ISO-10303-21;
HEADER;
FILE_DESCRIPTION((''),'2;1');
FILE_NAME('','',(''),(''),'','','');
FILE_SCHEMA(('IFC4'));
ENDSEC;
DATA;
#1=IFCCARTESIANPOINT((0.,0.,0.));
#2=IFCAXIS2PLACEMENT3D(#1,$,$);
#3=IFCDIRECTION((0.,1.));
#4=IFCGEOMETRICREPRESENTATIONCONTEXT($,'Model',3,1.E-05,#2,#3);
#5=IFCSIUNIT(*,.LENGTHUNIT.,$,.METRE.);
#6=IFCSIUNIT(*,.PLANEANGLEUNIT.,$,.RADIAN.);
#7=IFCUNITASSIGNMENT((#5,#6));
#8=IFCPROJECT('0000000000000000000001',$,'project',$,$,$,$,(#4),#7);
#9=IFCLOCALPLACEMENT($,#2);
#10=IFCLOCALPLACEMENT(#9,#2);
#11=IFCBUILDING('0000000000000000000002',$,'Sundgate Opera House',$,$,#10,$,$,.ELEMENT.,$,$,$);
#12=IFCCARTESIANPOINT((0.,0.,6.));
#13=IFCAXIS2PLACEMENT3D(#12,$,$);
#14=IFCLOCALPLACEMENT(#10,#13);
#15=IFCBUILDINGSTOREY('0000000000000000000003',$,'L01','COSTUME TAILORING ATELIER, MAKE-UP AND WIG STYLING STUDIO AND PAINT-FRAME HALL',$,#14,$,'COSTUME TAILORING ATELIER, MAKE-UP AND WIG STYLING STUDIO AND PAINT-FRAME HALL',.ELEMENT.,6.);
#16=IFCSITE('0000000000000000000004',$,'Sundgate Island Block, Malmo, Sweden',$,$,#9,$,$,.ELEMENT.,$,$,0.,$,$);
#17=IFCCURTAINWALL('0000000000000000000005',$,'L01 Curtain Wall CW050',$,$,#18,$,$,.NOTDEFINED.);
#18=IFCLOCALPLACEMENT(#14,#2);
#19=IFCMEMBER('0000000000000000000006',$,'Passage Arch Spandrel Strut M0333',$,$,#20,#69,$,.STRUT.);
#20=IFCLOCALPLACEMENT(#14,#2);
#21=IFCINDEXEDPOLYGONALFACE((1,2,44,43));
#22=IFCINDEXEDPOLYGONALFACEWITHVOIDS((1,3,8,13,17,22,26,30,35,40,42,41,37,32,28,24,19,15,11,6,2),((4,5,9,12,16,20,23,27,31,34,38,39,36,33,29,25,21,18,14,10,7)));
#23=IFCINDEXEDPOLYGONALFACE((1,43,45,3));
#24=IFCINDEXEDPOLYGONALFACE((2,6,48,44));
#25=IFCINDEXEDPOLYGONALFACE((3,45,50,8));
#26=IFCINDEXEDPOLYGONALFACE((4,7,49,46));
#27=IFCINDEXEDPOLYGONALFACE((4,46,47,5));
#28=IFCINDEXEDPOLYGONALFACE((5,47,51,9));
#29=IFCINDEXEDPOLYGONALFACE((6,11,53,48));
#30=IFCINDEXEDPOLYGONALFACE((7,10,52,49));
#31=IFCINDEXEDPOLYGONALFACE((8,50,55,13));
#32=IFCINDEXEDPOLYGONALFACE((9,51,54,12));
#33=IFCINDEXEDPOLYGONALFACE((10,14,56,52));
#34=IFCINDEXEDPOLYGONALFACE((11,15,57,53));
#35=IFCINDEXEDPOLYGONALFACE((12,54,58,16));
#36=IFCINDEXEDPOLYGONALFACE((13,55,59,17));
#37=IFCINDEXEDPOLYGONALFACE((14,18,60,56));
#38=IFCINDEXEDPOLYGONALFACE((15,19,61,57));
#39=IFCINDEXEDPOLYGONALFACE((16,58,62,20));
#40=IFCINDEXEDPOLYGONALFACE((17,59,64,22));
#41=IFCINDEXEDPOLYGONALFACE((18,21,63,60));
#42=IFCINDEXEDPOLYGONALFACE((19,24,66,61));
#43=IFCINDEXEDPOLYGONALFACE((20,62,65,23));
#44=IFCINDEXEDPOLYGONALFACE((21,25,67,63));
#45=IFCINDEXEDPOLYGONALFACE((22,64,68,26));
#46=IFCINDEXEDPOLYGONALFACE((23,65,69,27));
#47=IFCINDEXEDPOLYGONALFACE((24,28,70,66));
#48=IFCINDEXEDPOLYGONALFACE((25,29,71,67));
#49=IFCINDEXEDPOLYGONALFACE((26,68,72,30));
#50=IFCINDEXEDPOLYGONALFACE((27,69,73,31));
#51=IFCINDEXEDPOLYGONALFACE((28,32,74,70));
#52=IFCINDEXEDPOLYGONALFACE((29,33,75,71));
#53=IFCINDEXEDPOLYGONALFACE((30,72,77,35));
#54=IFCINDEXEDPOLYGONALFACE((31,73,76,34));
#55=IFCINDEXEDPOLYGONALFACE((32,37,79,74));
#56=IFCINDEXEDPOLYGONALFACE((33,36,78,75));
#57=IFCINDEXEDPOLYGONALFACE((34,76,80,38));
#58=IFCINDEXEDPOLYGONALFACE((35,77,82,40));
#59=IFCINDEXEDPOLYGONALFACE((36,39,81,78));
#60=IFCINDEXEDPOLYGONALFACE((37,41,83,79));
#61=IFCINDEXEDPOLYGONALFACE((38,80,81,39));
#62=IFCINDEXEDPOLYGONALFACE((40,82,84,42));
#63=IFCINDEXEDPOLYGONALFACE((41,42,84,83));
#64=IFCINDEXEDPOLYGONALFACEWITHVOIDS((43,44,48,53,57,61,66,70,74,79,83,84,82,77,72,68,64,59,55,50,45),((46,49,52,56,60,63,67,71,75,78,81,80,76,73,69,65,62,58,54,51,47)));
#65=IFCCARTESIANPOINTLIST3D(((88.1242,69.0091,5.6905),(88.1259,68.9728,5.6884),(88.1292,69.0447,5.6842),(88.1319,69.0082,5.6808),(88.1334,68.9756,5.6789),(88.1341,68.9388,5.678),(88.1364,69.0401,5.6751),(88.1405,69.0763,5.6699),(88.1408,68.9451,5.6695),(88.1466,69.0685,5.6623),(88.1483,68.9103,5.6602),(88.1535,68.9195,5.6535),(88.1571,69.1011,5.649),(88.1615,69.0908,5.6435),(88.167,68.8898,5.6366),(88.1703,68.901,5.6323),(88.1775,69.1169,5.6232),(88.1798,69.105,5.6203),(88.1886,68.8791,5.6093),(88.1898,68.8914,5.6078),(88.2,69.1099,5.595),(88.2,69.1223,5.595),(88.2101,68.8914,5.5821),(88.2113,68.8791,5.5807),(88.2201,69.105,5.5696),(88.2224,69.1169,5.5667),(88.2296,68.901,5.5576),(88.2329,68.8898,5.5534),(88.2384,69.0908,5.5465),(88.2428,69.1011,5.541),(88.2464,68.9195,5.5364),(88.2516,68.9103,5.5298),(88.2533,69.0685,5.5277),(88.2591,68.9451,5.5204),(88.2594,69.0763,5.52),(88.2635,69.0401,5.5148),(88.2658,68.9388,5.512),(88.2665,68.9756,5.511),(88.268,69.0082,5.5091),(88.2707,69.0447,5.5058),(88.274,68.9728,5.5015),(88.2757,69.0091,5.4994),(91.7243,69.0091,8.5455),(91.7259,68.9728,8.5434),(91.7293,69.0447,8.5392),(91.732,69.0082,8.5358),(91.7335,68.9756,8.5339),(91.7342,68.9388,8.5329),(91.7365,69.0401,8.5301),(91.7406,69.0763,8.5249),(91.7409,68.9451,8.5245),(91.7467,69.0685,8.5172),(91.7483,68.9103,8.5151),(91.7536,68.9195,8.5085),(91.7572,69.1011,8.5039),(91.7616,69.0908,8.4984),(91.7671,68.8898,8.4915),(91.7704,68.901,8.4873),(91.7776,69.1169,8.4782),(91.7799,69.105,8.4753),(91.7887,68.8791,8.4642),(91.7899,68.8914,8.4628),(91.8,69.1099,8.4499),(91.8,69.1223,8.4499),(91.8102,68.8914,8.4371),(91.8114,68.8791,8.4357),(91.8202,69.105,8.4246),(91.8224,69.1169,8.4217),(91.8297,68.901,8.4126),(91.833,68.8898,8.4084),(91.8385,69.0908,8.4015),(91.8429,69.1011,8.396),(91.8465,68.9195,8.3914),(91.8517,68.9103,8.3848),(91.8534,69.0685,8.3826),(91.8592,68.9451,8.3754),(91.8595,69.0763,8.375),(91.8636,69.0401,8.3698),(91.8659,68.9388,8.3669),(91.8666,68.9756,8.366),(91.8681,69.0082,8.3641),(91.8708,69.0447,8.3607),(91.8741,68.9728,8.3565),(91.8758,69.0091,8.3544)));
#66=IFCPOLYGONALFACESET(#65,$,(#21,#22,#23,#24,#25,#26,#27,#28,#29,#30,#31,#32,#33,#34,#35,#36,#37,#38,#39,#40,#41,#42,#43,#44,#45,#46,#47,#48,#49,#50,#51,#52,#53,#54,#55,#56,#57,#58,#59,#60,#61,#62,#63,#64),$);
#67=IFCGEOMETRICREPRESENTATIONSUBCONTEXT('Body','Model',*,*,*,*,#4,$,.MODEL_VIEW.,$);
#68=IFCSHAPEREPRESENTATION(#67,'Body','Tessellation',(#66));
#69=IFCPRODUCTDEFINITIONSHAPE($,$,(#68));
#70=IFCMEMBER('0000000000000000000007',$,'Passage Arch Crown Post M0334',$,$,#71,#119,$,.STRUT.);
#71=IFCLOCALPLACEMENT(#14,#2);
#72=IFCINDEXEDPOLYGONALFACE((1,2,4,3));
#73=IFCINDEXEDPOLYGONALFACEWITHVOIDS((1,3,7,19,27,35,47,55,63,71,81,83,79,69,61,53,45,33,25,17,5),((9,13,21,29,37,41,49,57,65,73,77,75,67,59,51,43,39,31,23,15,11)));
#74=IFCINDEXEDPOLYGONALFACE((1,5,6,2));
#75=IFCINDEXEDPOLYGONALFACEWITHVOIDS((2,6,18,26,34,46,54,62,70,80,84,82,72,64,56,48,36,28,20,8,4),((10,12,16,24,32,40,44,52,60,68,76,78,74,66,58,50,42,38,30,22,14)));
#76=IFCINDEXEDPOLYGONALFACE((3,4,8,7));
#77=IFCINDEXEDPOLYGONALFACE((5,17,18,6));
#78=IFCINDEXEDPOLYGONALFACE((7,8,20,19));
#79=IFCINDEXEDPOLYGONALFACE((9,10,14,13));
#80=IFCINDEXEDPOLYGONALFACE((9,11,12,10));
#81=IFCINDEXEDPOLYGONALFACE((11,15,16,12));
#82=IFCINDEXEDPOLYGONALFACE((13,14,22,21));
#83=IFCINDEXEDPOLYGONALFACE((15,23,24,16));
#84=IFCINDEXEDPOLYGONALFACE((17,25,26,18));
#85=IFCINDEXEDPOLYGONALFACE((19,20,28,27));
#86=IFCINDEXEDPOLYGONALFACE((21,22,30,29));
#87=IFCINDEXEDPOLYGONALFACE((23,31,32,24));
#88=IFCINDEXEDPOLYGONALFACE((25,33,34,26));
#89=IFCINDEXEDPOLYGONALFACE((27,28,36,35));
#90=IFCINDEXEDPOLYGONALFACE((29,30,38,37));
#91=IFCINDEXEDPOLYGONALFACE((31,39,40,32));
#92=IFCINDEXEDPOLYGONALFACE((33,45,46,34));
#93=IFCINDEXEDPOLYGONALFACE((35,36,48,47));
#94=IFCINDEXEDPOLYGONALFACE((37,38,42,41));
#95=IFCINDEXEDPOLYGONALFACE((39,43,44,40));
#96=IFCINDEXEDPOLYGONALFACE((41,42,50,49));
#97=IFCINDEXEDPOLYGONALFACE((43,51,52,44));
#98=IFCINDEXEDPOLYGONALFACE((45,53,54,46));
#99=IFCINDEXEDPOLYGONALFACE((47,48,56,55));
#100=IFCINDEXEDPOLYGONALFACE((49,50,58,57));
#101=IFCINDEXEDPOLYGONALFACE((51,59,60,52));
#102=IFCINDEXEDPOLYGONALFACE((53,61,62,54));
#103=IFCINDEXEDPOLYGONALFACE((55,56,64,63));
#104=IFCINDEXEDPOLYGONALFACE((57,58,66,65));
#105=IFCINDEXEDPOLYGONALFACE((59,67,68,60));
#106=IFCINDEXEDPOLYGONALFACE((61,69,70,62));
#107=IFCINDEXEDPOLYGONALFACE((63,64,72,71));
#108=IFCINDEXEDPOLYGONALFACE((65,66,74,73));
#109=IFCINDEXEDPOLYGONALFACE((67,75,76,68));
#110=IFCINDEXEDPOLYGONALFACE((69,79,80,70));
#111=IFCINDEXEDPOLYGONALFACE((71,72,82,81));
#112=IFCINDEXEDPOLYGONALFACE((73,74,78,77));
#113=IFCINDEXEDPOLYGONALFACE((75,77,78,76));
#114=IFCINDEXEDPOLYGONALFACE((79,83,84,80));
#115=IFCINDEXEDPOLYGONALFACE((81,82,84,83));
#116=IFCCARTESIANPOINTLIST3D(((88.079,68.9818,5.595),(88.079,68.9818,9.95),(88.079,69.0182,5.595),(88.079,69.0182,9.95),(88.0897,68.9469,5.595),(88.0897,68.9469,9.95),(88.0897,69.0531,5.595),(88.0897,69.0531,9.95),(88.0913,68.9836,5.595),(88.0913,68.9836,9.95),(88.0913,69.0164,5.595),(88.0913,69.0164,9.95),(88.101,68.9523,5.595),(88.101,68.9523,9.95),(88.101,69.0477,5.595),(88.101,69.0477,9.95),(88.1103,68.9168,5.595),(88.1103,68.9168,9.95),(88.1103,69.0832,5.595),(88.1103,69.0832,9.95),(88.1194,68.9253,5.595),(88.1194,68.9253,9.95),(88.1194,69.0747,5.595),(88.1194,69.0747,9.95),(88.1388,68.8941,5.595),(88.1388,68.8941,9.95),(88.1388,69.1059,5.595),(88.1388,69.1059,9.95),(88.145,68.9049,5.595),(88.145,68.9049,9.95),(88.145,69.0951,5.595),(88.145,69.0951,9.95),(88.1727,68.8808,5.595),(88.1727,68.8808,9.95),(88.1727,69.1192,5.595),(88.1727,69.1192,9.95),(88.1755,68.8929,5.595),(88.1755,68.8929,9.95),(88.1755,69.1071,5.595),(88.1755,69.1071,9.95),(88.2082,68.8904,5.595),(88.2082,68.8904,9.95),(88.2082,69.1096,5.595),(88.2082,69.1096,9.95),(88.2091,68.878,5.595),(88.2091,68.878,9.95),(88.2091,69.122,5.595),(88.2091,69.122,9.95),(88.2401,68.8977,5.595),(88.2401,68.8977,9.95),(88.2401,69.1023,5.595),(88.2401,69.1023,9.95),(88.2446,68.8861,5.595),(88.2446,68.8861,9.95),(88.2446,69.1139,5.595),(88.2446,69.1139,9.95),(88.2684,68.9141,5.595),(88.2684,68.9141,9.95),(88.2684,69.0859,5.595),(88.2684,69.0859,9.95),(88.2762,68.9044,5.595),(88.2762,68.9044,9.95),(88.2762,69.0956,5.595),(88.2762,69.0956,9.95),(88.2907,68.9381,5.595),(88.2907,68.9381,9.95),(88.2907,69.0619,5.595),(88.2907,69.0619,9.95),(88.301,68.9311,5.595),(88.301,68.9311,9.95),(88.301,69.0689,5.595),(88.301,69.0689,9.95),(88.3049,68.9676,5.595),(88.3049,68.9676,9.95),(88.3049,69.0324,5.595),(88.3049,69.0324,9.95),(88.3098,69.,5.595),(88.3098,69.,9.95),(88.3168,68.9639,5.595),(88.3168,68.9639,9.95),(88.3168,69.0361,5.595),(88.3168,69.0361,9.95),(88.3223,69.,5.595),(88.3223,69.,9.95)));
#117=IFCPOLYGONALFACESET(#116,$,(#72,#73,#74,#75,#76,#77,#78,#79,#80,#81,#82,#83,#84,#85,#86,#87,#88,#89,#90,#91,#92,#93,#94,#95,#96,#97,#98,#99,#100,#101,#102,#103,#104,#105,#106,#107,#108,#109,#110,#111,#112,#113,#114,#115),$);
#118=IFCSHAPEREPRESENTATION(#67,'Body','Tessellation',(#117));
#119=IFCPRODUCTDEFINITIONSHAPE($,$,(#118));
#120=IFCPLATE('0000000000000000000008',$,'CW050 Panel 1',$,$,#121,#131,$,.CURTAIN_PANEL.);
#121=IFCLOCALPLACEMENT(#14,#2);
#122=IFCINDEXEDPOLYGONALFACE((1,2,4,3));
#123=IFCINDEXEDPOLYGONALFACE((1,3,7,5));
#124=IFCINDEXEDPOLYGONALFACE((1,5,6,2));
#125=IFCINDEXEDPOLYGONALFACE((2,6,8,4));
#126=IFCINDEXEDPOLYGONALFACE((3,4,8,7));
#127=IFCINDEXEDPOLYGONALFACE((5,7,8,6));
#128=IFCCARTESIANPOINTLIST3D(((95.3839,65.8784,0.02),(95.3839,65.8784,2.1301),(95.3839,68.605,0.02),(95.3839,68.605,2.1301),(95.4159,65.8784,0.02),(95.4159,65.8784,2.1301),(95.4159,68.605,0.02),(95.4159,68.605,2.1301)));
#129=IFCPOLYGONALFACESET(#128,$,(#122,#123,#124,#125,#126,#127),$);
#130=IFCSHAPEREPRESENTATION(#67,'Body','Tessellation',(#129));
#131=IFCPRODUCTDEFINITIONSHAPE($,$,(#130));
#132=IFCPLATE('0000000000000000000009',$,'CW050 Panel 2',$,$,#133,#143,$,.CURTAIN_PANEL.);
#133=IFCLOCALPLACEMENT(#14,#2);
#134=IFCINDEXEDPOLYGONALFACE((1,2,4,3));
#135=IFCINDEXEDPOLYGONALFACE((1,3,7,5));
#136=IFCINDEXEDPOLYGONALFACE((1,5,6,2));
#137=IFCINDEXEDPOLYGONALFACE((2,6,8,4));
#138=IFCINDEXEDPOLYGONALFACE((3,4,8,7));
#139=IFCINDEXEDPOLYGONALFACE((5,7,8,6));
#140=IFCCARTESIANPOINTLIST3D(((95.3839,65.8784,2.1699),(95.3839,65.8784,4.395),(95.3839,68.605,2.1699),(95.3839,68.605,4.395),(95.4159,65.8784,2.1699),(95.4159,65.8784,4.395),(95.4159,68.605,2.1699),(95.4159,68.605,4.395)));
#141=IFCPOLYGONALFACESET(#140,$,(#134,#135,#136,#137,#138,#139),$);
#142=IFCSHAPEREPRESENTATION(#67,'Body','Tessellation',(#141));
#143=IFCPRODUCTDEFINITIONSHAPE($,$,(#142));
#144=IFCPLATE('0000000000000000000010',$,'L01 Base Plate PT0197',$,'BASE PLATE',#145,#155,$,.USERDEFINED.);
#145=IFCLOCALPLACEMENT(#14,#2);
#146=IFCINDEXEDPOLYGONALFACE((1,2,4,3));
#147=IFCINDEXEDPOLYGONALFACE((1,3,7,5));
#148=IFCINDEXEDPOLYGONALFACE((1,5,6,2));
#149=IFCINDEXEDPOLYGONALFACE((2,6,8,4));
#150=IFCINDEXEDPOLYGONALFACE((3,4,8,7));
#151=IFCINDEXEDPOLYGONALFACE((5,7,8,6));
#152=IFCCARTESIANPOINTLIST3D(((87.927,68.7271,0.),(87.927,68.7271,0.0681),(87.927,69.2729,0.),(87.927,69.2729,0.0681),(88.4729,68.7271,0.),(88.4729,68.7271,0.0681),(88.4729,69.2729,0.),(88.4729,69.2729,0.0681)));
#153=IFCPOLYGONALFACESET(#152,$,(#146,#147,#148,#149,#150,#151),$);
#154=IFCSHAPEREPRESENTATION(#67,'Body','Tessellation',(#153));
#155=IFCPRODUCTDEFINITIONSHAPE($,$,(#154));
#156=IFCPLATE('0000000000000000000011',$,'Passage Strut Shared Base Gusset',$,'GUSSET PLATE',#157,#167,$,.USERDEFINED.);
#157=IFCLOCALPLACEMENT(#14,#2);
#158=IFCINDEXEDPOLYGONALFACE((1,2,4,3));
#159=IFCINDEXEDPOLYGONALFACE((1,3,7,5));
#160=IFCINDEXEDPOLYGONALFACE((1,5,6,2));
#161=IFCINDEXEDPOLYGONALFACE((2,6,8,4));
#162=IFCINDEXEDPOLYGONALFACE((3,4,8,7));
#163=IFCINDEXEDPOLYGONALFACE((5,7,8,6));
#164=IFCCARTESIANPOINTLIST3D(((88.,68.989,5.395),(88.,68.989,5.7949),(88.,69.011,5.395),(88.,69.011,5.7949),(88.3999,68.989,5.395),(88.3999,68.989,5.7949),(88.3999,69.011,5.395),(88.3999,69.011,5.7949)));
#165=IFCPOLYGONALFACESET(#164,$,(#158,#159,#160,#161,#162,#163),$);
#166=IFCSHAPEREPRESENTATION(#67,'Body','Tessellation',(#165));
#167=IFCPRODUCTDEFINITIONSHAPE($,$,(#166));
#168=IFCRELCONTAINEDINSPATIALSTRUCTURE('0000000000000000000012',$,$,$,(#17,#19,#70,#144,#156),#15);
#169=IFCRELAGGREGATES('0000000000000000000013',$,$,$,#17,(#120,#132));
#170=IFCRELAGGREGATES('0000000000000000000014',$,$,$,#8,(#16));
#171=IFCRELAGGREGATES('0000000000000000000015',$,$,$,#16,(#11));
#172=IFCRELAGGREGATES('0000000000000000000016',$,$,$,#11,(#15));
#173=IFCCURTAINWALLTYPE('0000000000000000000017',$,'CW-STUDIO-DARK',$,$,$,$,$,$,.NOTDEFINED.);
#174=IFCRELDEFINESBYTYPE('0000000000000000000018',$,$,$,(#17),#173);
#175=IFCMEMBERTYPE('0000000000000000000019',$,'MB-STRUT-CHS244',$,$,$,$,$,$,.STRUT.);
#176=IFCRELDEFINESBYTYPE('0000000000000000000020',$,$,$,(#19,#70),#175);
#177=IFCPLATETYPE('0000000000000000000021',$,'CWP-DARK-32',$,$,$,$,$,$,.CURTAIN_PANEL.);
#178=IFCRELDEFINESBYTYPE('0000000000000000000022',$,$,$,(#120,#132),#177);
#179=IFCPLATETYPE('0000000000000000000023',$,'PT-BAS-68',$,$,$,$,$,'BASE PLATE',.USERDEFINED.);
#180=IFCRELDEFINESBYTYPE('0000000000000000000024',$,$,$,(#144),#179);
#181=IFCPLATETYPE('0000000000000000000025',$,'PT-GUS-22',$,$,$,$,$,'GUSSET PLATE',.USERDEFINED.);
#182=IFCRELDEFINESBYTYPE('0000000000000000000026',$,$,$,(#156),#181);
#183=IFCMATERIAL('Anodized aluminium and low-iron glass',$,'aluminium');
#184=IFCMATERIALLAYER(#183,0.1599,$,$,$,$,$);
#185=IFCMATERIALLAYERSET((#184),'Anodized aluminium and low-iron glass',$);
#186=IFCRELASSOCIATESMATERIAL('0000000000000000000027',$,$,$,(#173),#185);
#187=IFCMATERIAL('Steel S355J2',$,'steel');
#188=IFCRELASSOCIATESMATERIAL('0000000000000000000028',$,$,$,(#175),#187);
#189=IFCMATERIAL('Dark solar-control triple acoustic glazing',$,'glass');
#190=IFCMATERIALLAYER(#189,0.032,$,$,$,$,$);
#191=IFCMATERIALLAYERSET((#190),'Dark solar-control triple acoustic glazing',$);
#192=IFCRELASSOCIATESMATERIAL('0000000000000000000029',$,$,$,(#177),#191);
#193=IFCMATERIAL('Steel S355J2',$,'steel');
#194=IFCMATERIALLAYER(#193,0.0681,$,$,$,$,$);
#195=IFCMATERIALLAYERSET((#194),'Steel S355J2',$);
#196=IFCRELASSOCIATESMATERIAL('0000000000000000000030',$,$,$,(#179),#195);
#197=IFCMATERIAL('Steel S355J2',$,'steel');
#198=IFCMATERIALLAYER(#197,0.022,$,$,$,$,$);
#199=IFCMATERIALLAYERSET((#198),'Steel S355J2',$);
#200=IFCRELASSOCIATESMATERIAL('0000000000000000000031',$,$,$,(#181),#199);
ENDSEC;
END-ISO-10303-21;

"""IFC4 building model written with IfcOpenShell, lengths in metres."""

from ifc_helpers import new_model, si_unit, direction, frame, origin, origin_2d, place, context, subcontext, project, spatial, rectangle, hollow_circle, extrude, material, layer, layer_set, material_profile, profile_set, type_object, element, aggregate, save


model = new_model("IFC4")

# Units and contexts
model_context = context("Model", 3, precision=1e-05, world=origin(), true_north=direction((0.0, 1.0)))
body_context = subcontext(model_context, "Body", "Model", "MODEL_VIEW")
ifc_project = project(units=[si_unit("LENGTHUNIT", "METRE"), si_unit("PLANEANGLEUNIT", "RADIAN")], contexts=[model_context])

# Site, building, storey
site_placement = place(None, origin())
site = spatial("IfcSite", under=ifc_project, at=site_placement, Name="Sundgate Island Block, Malmo, Sweden", CompositionType="ELEMENT", RefElevation=0.0)
building_placement = place(site_placement, origin())
building = spatial("IfcBuilding", under=site, at=building_placement, Name="Sundgate Opera House", CompositionType="ELEMENT")
storey_placement = place(building_placement, frame((0.0, 0.0, 6.0)))
storey = spatial("IfcBuildingStorey", under=building, at=storey_placement, Name="L01", Description="COSTUME TAILORING ATELIER, MAKE-UP AND WIG STYLING STUDIO AND PAINT-FRAME HALL", LongName="COSTUME TAILORING ATELIER, MAKE-UP AND WIG STYLING STUDIO AND PAINT-FRAME HALL", CompositionType="ELEMENT", Elevation=6.0)

# Curtain wall
ifc_material_1 = material(Name="Anodized aluminium and low-iron glass", Category="aluminium")
ifc_layer_1 = layer(ifc_material_1, 0.1599)
ifc_layer_set_1 = layer_set([ifc_layer_1], Name="Anodized aluminium and low-iron glass")
curtain_wall_type = type_object("IfcCurtainWallType", Name="CW-STUDIO-DARK", PredefinedType="NOTDEFINED", material=ifc_layer_set_1)
curtain_wall_placement = place(storey_placement, origin())
curtain_wall = element("IfcCurtainWall", 1, at=curtain_wall_placement, inside=storey, type_object=curtain_wall_type, Name="L01 Curtain Wall CW050", PredefinedType="NOTDEFINED")

# Members
ifc_material_2 = material(Name="Steel S355J2", Category="steel")
ifc_material_profile_1 = material_profile(ifc_material_2, hollow_circle(Radius=0.1223, WallThickness=0.0125, at=origin_2d()), Name="CHS 244.5x12.5")
ifc_profile_set_1 = profile_set([ifc_material_profile_1], Name="Steel S355J2")
member_type_1 = type_object("IfcMemberType", Name="MB-STRUT-CHS244", PredefinedType="STRUT", material=ifc_profile_set_1)
member_1_placement = place(storey_placement, frame((88.2, 69.0, 5.595), z_axis=(0.783526, 0.0, 0.621359), x_axis=(0.0, 1.0, 0.0)))
element("IfcMember", 2, at=member_1_placement, inside=storey, type_object=member_type_1, Name="Passage Arch Spandrel Strut M0333", PredefinedType="STRUT", context=body_context, shape_type="SweptSolid", body=[
    extrude(hollow_circle(Radius=0.1223, WallThickness=0.0125, at=origin_2d()), origin(), (0.0, 0.0, 1.0), 4.5947),
])
member_2_placement = place(storey_placement, frame((88.2, 69.0, 5.595), z_axis=(0.0, 0.0, 1.0), x_axis=(1.0, 0.0, 0.0)))
element("IfcMember", 3, at=member_2_placement, inside=storey, type_object=member_type_1, Name="Passage Arch Crown Post M0334", PredefinedType="STRUT", context=body_context, shape_type="SweptSolid", body=[
    extrude(hollow_circle(Radius=0.1223, WallThickness=0.0125, at=origin_2d()), origin(), (0.0, 0.0, 1.0), 4.355),
])

# Plates
ifc_material_3 = material(Name="Dark solar-control triple acoustic glazing", Category="glass")
ifc_layer_2 = layer(ifc_material_3, 0.032)
ifc_layer_set_2 = layer_set([ifc_layer_2], Name="Dark solar-control triple acoustic glazing")
plate_type_1 = type_object("IfcPlateType", Name="CWP-DARK-32", PredefinedType="CURTAIN_PANEL", material=ifc_layer_set_2)
plate_1_placement = place(storey_placement, frame((95.3999, 67.2417, 0.02), z_axis=(0.0, 0.0, 1.0), x_axis=(0.0, -1.0, 0.0)))
plate_1 = element("IfcPlate", 4, at=plate_1_placement, type_object=plate_type_1, Name="CW050 Panel 1", PredefinedType="CURTAIN_PANEL", context=body_context, shape_type="SweptSolid", body=[
    extrude(rectangle(XDim=2.7266, YDim=0.032, at=origin_2d()), origin(), (0.0, 0.0, 1.0), 2.1101),
])
plate_2_placement = place(storey_placement, frame((95.3999, 67.2417, 2.1699), z_axis=(0.0, 0.0, 1.0), x_axis=(0.0, -1.0, 0.0)))
plate_2 = element("IfcPlate", 5, at=plate_2_placement, type_object=plate_type_1, Name="CW050 Panel 2", PredefinedType="CURTAIN_PANEL", context=body_context, shape_type="SweptSolid", body=[
    extrude(rectangle(XDim=2.7266, YDim=0.032, at=origin_2d()), origin(), (0.0, 0.0, 1.0), 2.2251),
])
aggregate(curtain_wall, [plate_1, plate_2])

# Plates
ifc_material_4 = material(Name="Steel S355J2", Category="steel")
ifc_layer_3 = layer(ifc_material_4, 0.0681)
ifc_layer_set_3 = layer_set([ifc_layer_3], Name="Steel S355J2")
plate_type_2 = type_object("IfcPlateType", Name="PT-BAS-68", ElementType="BASE PLATE", PredefinedType="USERDEFINED", material=ifc_layer_set_3)
plate_3_placement = place(storey_placement, frame((88.2, 69.0, 0.0), z_axis=(0.0, 0.0, 1.0), x_axis=(1.0, 0.0, 0.0)))
element("IfcPlate", 6, at=plate_3_placement, inside=storey, type_object=plate_type_2, Name="L01 Base Plate PT0197", ObjectType="BASE PLATE", PredefinedType="USERDEFINED", context=body_context, shape_type="SweptSolid", body=[
    extrude(rectangle(XDim=0.5459, YDim=0.5459, at=origin_2d()), origin(), (0.0, 0.0, 1.0), 0.0681),
])
ifc_material_5 = material(Name="Steel S355J2", Category="steel")
ifc_layer_4 = layer(ifc_material_5, 0.022)
ifc_layer_set_4 = layer_set([ifc_layer_4], Name="Steel S355J2")
plate_type_3 = type_object("IfcPlateType", Name="PT-GUS-22", ElementType="GUSSET PLATE", PredefinedType="USERDEFINED", material=ifc_layer_set_4)
plate_4_placement = place(storey_placement, frame((88.2, 69.0, 5.395), z_axis=(0.0, 0.0, 1.0), x_axis=(1.0, 0.0, 0.0)))
element("IfcPlate", 7, at=plate_4_placement, inside=storey, type_object=plate_type_3, Name="Passage Strut Shared Base Gusset", ObjectType="GUSSET PLATE", PredefinedType="USERDEFINED", context=body_context, shape_type="SweptSolid", body=[
    extrude(rectangle(XDim=0.3999, YDim=0.022, at=origin_2d()), origin(), (0.0, 0.0, 1.0), 0.3999),
])

save(model, "model.ifc")
